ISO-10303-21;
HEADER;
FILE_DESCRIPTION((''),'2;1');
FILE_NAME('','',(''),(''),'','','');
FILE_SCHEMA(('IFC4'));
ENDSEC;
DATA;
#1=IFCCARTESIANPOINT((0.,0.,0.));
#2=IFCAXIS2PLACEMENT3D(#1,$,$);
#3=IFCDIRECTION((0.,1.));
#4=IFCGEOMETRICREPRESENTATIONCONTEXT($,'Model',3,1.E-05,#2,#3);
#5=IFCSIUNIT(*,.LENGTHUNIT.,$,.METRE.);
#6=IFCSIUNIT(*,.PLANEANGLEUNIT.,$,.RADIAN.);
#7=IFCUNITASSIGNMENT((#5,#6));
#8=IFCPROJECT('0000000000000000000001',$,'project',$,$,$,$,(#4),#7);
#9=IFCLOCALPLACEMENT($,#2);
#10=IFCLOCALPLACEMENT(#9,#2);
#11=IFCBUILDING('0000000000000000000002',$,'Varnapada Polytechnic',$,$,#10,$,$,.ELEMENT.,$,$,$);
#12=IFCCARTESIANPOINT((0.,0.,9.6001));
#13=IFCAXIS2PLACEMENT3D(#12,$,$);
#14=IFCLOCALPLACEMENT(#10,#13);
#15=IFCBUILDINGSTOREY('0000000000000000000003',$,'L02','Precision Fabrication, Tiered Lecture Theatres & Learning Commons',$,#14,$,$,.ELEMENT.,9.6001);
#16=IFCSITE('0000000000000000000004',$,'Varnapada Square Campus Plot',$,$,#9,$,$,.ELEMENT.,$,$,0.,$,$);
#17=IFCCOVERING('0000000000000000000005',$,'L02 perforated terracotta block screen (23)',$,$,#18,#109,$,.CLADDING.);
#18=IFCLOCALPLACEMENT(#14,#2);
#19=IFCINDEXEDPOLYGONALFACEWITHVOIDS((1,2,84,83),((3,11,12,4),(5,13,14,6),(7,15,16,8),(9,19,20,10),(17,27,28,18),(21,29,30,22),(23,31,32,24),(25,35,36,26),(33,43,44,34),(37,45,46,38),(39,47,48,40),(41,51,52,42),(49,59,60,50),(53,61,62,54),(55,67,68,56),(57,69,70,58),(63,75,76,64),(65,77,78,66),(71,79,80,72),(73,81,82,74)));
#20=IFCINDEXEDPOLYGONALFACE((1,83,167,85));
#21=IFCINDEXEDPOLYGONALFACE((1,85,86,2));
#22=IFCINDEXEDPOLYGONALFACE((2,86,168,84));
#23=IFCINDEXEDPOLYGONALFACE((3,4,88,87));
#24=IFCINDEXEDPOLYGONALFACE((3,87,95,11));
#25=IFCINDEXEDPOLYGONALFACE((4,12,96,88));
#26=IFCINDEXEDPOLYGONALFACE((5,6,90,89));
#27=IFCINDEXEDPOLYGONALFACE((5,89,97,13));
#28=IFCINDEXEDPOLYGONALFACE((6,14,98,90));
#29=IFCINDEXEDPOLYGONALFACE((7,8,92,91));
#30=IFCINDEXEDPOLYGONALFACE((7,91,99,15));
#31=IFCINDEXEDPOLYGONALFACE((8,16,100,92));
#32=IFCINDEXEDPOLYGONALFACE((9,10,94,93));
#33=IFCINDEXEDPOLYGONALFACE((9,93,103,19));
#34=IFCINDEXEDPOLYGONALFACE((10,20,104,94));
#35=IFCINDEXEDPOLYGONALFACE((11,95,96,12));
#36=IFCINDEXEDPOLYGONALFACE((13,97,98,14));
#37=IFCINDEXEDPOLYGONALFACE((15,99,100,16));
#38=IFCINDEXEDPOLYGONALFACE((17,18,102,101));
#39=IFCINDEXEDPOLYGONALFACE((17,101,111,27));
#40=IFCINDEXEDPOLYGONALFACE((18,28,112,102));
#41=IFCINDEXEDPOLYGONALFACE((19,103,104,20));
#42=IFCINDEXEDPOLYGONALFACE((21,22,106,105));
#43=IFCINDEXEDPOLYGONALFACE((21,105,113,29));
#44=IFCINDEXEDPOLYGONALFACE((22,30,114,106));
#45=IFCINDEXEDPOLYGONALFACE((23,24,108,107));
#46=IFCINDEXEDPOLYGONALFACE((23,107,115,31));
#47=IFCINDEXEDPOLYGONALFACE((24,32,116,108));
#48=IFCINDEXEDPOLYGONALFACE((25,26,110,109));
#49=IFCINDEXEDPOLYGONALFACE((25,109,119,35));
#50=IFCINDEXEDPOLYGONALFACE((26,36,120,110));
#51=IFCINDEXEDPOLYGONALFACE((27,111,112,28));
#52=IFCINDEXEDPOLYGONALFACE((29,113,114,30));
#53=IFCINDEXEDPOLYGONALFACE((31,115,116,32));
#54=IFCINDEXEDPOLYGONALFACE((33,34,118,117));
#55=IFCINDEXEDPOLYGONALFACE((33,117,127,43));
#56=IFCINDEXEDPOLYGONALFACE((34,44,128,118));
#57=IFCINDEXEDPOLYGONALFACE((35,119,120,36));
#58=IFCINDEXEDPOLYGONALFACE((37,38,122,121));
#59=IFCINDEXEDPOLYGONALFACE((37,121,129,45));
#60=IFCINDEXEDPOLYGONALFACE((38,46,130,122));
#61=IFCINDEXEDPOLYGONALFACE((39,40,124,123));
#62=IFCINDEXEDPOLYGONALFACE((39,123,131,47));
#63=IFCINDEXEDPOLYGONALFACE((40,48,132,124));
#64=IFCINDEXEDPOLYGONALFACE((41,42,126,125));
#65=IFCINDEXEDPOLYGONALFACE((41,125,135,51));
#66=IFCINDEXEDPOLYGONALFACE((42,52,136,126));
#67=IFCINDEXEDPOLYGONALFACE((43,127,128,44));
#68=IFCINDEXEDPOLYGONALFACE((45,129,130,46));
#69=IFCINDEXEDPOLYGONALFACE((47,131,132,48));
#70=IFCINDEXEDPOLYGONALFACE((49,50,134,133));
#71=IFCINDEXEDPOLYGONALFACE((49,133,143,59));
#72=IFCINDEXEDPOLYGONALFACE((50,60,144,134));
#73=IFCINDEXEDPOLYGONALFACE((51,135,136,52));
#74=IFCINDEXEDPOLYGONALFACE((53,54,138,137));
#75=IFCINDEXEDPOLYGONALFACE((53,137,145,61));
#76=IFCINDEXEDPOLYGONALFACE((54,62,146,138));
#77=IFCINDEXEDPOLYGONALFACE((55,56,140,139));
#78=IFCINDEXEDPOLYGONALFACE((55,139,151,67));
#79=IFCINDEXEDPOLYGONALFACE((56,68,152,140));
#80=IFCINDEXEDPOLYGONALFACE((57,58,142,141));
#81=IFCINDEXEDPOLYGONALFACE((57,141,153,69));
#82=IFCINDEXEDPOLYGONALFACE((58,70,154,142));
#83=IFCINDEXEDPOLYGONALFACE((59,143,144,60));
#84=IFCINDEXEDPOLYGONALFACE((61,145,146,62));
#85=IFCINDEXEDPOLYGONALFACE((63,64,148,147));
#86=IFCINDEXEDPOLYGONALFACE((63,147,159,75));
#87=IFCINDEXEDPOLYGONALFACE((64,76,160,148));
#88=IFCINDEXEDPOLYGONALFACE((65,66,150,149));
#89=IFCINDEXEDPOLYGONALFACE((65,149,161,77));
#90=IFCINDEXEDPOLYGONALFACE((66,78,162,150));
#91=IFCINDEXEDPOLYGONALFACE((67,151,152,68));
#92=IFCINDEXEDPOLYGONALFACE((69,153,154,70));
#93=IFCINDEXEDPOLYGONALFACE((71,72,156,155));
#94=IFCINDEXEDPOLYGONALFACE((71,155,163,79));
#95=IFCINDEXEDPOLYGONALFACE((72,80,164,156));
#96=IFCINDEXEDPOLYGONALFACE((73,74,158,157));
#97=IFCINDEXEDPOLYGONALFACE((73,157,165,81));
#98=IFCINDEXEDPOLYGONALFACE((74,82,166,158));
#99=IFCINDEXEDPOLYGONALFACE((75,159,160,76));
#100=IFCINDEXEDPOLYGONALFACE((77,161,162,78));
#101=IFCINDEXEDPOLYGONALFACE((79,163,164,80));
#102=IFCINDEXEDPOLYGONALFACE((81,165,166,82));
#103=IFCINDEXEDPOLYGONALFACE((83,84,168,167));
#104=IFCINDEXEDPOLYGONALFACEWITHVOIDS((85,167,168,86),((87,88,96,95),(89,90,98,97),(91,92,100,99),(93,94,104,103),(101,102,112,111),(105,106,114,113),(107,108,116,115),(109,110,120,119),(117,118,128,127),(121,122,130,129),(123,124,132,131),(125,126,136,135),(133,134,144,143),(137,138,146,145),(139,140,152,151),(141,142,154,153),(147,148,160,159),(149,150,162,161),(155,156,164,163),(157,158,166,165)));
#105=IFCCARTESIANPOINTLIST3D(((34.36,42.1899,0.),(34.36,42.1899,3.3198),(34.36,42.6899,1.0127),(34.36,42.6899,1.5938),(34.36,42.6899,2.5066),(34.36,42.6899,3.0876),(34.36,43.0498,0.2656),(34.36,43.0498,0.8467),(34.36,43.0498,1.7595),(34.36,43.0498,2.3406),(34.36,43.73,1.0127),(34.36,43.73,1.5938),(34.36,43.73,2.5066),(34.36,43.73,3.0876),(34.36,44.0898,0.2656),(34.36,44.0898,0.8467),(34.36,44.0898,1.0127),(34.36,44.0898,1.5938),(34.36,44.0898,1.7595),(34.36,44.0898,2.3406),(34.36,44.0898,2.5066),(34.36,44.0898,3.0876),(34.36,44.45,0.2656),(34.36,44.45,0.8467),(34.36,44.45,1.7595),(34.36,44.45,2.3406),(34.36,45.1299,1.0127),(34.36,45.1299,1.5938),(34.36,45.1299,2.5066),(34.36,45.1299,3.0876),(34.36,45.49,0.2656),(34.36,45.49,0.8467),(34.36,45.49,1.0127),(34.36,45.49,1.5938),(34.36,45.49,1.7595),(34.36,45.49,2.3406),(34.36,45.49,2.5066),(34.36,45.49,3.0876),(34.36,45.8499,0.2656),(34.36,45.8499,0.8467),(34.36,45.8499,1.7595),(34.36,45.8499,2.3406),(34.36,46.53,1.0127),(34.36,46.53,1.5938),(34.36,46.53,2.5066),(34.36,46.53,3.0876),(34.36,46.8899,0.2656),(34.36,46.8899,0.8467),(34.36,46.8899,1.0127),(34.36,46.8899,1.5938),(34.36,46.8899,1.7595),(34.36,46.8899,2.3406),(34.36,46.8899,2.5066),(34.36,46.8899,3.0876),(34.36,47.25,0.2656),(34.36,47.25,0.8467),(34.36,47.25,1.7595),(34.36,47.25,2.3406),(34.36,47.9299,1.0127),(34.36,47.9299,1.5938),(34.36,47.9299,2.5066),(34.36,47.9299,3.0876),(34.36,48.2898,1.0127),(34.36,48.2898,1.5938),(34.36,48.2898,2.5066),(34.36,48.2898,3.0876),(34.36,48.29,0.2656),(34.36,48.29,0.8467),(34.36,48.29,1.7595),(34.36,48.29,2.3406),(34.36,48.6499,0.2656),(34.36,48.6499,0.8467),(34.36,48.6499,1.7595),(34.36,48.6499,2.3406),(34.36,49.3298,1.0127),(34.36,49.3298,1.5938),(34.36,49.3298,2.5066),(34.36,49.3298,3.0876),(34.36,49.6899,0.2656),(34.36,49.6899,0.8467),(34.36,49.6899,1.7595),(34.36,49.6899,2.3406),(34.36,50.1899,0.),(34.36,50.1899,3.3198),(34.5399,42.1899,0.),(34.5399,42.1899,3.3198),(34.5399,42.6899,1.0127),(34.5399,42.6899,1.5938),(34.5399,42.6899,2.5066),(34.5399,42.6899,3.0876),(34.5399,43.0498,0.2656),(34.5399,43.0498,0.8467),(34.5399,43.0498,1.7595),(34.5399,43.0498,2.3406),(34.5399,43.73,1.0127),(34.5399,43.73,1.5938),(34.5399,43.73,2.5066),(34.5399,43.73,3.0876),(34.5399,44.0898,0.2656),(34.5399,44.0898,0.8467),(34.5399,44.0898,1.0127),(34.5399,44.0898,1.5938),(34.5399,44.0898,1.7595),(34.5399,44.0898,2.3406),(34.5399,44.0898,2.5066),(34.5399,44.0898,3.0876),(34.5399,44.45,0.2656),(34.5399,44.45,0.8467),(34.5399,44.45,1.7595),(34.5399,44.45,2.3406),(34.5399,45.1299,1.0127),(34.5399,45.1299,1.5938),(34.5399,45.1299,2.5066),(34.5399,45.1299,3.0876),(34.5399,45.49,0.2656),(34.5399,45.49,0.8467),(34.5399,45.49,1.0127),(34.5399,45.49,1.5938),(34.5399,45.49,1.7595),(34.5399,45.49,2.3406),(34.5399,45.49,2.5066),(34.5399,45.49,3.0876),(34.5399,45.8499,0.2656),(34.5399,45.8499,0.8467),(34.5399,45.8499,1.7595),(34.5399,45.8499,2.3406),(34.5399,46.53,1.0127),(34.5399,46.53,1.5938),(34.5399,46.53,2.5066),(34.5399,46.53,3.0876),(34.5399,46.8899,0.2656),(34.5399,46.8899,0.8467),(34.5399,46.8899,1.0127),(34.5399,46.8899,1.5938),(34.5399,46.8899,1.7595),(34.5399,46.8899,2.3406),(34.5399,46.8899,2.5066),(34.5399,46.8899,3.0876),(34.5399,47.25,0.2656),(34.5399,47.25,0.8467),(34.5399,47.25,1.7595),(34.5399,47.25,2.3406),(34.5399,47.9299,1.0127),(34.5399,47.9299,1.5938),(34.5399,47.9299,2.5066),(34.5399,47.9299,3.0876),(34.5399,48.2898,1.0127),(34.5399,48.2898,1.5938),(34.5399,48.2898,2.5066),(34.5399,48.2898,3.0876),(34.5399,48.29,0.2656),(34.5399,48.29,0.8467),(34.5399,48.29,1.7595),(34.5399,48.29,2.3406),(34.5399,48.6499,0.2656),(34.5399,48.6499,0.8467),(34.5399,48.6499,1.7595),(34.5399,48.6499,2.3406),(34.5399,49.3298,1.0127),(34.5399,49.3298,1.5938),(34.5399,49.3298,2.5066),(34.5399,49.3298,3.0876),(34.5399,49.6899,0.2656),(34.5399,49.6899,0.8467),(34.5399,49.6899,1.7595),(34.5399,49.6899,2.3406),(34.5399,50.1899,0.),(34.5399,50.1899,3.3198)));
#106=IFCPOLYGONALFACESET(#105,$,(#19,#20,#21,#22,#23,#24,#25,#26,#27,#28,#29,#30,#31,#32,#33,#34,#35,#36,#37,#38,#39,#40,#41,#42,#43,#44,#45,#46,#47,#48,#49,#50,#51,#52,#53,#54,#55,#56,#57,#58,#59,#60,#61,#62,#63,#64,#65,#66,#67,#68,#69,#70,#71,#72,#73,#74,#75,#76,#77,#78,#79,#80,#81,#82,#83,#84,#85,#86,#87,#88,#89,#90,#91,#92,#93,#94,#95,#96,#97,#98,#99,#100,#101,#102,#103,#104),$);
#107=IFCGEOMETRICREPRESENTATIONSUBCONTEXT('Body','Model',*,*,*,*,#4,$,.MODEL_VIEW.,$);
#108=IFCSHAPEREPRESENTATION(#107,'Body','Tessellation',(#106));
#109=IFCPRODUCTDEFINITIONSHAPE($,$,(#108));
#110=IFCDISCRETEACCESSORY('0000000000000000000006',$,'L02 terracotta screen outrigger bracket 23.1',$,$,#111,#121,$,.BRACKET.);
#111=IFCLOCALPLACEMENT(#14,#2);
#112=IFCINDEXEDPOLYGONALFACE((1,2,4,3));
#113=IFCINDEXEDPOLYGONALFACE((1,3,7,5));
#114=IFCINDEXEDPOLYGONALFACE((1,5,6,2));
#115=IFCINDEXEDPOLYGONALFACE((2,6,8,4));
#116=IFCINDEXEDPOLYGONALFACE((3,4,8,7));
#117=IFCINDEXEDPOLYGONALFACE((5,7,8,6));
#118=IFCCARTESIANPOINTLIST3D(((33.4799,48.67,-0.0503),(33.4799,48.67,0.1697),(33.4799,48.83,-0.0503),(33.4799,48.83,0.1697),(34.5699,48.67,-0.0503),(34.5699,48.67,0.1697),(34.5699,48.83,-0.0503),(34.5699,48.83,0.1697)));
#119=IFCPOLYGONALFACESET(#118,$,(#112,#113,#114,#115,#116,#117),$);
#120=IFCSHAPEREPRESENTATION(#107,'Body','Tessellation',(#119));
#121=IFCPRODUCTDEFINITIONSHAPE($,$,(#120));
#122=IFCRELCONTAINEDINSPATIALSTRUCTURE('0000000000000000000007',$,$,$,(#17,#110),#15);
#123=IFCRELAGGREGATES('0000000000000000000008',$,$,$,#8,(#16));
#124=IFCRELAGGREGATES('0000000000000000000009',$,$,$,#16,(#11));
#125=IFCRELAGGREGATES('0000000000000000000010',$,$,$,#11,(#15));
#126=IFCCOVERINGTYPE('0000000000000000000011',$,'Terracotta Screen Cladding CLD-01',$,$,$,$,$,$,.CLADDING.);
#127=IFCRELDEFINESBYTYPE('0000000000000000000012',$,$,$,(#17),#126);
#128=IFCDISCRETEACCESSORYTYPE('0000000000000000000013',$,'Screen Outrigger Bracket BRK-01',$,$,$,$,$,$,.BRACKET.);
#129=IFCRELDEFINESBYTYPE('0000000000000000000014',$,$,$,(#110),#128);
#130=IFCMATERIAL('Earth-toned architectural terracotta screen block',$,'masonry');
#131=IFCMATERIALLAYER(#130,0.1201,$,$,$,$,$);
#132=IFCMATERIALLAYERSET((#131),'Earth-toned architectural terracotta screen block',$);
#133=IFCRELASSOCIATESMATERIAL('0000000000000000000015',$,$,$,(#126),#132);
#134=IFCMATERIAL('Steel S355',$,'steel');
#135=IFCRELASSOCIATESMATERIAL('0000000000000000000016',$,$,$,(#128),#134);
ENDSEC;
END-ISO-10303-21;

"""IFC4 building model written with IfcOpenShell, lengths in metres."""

from ifc_helpers import new_model, si_unit, direction, frame, frame_2d, origin, origin_2d, place, context, subcontext, project, spatial, rectangle, extrude, material, layer, layer_set, type_object, element, save


model = new_model("IFC4")

# Units and contexts
model_context = context("Model", 3, precision=1e-05, world=origin(), true_north=direction((0.0, 1.0)))
body_context = subcontext(model_context, "Body", "Model", "MODEL_VIEW")
ifc_project = project(units=[si_unit("LENGTHUNIT", "METRE"), si_unit("PLANEANGLEUNIT", "RADIAN")], contexts=[model_context])

# Site, building, storey
site_placement = place(None, origin())
site = spatial("IfcSite", under=ifc_project, at=site_placement, Name="Varnapada Square Campus Plot", CompositionType="ELEMENT", RefElevation=0.0)
building_placement = place(site_placement, origin())
building = spatial("IfcBuilding", under=site, at=building_placement, Name="Varnapada Polytechnic", CompositionType="ELEMENT")
storey_placement = place(building_placement, frame((0.0, 0.0, 9.6001)))
storey = spatial("IfcBuildingStorey", under=building, at=storey_placement, Name="L02", Description="Precision Fabrication, Tiered Lecture Theatres & Learning Commons", CompositionType="ELEMENT", Elevation=9.6001)

# Covering, openings
ifc_material_1 = material(Name="Earth-toned architectural terracotta screen block", Category="masonry")
ifc_layer_1 = layer(ifc_material_1, 0.1201)
ifc_layer_set_1 = layer_set([ifc_layer_1], Name="Earth-toned architectural terracotta screen block")
covering_type = type_object("IfcCoveringType", Name="Terracotta Screen Cladding CLD-01", PredefinedType="CLADDING", material=ifc_layer_set_1)
covering_placement = place(storey_placement, frame((34.45, 50.1899, 0.0), z_axis=(0.0, 0.0, 1.0), x_axis=(0.0, -1.0, 0.0)))
covering = element("IfcCovering", 1, at=covering_placement, inside=storey, type_object=covering_type, Name="L02 perforated terracotta block screen (23)", PredefinedType="CLADDING", context=body_context, shape_type="SweptSolid", body=[
    extrude(rectangle(XDim=8.0, YDim=0.1799, at=frame_2d((4.0, 0.0))), origin(), (0.0, 0.0, 1.0), 3.3198),
])
opening_1_placement = place(covering_placement, frame((0.5, 0.0, 0.2656)))
element("IfcOpeningElement", 2, at=opening_1_placement, cuts=covering, PredefinedType="OPENING", context=body_context, shape_type="SweptSolid", body=[
    extrude(rectangle(XDim=1.04, YDim=0.5811, at=frame_2d((0.52, 0.2905))), frame((0.0, 0.0999, 0.0), z_axis=(0.0, -1.0, 0.0), x_axis=(1.0, 0.0, 0.0)), (0.0, 0.0, 1.0), 0.2),
])
opening_2_placement = place(covering_placement, frame((1.8999, 0.0, 0.2656)))
element("IfcOpeningElement", 3, at=opening_2_placement, cuts=covering, PredefinedType="OPENING", context=body_context, shape_type="SweptSolid", body=[
    extrude(rectangle(XDim=1.04, YDim=0.5811, at=frame_2d((0.52, 0.2905))), frame((0.0, 0.0999, 0.0), z_axis=(0.0, -1.0, 0.0), x_axis=(1.0, 0.0, 0.0)), (0.0, 0.0, 1.0), 0.2),
])
opening_3_placement = place(covering_placement, frame((3.3, 0.0, 0.2656)))
element("IfcOpeningElement", 4, at=opening_3_placement, cuts=covering, PredefinedType="OPENING", context=body_context, shape_type="SweptSolid", body=[
    extrude(rectangle(XDim=1.04, YDim=0.5811, at=frame_2d((0.52, 0.2905))), frame((0.0, 0.0999, 0.0), z_axis=(0.0, -1.0, 0.0), x_axis=(1.0, 0.0, 0.0)), (0.0, 0.0, 1.0), 0.2),
])
opening_4_placement = place(covering_placement, frame((4.7, 0.0, 0.2656)))
element("IfcOpeningElement", 5, at=opening_4_placement, cuts=covering, PredefinedType="OPENING", context=body_context, shape_type="SweptSolid", body=[
    extrude(rectangle(XDim=1.04, YDim=0.5811, at=frame_2d((0.52, 0.2905))), frame((0.0, 0.0999, 0.0), z_axis=(0.0, -1.0, 0.0), x_axis=(1.0, 0.0, 0.0)), (0.0, 0.0, 1.0), 0.2),
])
opening_5_placement = place(covering_placement, frame((6.1001, 0.0, 0.2656)))
element("IfcOpeningElement", 6, at=opening_5_placement, cuts=covering, PredefinedType="OPENING", context=body_context, shape_type="SweptSolid", body=[
    extrude(rectangle(XDim=1.04, YDim=0.5811, at=frame_2d((0.52, 0.2905))), frame((0.0, 0.0999, 0.0), z_axis=(0.0, -1.0, 0.0), x_axis=(1.0, 0.0, 0.0)), (0.0, 0.0, 1.0), 0.2),
])
opening_6_placement = place(covering_placement, frame((0.8601, 0.0, 1.0127)))
element("IfcOpeningElement", 7, at=opening_6_placement, cuts=covering, PredefinedType="OPENING", context=body_context, shape_type="SweptSolid", body=[
    extrude(rectangle(XDim=1.04, YDim=0.5811, at=frame_2d((0.52, 0.2905))), frame((0.0, 0.0999, 0.0), z_axis=(0.0, -1.0, 0.0), x_axis=(1.0, 0.0, 0.0)), (0.0, 0.0, 1.0), 0.2),
])
opening_7_placement = place(covering_placement, frame((2.26, 0.0, 1.0127)))
element("IfcOpeningElement", 8, at=opening_7_placement, cuts=covering, PredefinedType="OPENING", context=body_context, shape_type="SweptSolid", body=[
    extrude(rectangle(XDim=1.04, YDim=0.5811, at=frame_2d((0.52, 0.2905))), frame((0.0, 0.0999, 0.0), z_axis=(0.0, -1.0, 0.0), x_axis=(1.0, 0.0, 0.0)), (0.0, 0.0, 1.0), 0.2),
])
opening_8_placement = place(covering_placement, frame((3.6599, 0.0, 1.0127)))
element("IfcOpeningElement", 9, at=opening_8_placement, cuts=covering, PredefinedType="OPENING", context=body_context, shape_type="SweptSolid", body=[
    extrude(rectangle(XDim=1.04, YDim=0.5811, at=frame_2d((0.52, 0.2905))), frame((0.0, 0.0999, 0.0), z_axis=(0.0, -1.0, 0.0), x_axis=(1.0, 0.0, 0.0)), (0.0, 0.0, 1.0), 0.2),
])
opening_9_placement = place(covering_placement, frame((5.0601, 0.0, 1.0127)))
element("IfcOpeningElement", 10, at=opening_9_placement, cuts=covering, PredefinedType="OPENING", context=body_context, shape_type="SweptSolid", body=[
    extrude(rectangle(XDim=1.04, YDim=0.5811, at=frame_2d((0.52, 0.2905))), frame((0.0, 0.0999, 0.0), z_axis=(0.0, -1.0, 0.0), x_axis=(1.0, 0.0, 0.0)), (0.0, 0.0, 1.0), 0.2),
])
opening_10_placement = place(covering_placement, frame((6.46, 0.0, 1.0127)))
element("IfcOpeningElement", 11, at=opening_10_placement, cuts=covering, PredefinedType="OPENING", context=body_context, shape_type="SweptSolid", body=[
    extrude(rectangle(XDim=1.04, YDim=0.5811, at=frame_2d((0.52, 0.2905))), frame((0.0, 0.0999, 0.0), z_axis=(0.0, -1.0, 0.0), x_axis=(1.0, 0.0, 0.0)), (0.0, 0.0, 1.0), 0.2),
])
opening_11_placement = place(covering_placement, frame((0.5, 0.0, 1.7595)))
element("IfcOpeningElement", 12, at=opening_11_placement, cuts=covering, PredefinedType="OPENING", context=body_context, shape_type="SweptSolid", body=[
    extrude(rectangle(XDim=1.04, YDim=0.5811, at=frame_2d((0.52, 0.2905))), frame((0.0, 0.0999, 0.0), z_axis=(0.0, -1.0, 0.0), x_axis=(1.0, 0.0, 0.0)), (0.0, 0.0, 1.0), 0.2),
])
opening_12_placement = place(covering_placement, frame((1.8999, 0.0, 1.7595)))
element("IfcOpeningElement", 13, at=opening_12_placement, cuts=covering, PredefinedType="OPENING", context=body_context, shape_type="SweptSolid", body=[
    extrude(rectangle(XDim=1.04, YDim=0.5811, at=frame_2d((0.52, 0.2905))), frame((0.0, 0.0999, 0.0), z_axis=(0.0, -1.0, 0.0), x_axis=(1.0, 0.0, 0.0)), (0.0, 0.0, 1.0), 0.2),
])
opening_13_placement = place(covering_placement, frame((3.3, 0.0, 1.7595)))
element("IfcOpeningElement", 14, at=opening_13_placement, cuts=covering, PredefinedType="OPENING", context=body_context, shape_type="SweptSolid", body=[
    extrude(rectangle(XDim=1.04, YDim=0.5811, at=frame_2d((0.52, 0.2905))), frame((0.0, 0.0999, 0.0), z_axis=(0.0, -1.0, 0.0), x_axis=(1.0, 0.0, 0.0)), (0.0, 0.0, 1.0), 0.2),
])
opening_14_placement = place(covering_placement, frame((4.7, 0.0, 1.7595)))
element("IfcOpeningElement", 15, at=opening_14_placement, cuts=covering, PredefinedType="OPENING", context=body_context, shape_type="SweptSolid", body=[
    extrude(rectangle(XDim=1.04, YDim=0.5811, at=frame_2d((0.52, 0.2905))), frame((0.0, 0.0999, 0.0), z_axis=(0.0, -1.0, 0.0), x_axis=(1.0, 0.0, 0.0)), (0.0, 0.0, 1.0), 0.2),
])
opening_15_placement = place(covering_placement, frame((6.1001, 0.0, 1.7595)))
element("IfcOpeningElement", 16, at=opening_15_placement, cuts=covering, PredefinedType="OPENING", context=body_context, shape_type="SweptSolid", body=[
    extrude(rectangle(XDim=1.04, YDim=0.5811, at=frame_2d((0.52, 0.2905))), frame((0.0, 0.0999, 0.0), z_axis=(0.0, -1.0, 0.0), x_axis=(1.0, 0.0, 0.0)), (0.0, 0.0, 1.0), 0.2),
])
opening_16_placement = place(covering_placement, frame((0.8601, 0.0, 2.5066)))
element("IfcOpeningElement", 17, at=opening_16_placement, cuts=covering, PredefinedType="OPENING", context=body_context, shape_type="SweptSolid", body=[
    extrude(rectangle(XDim=1.04, YDim=0.5811, at=frame_2d((0.52, 0.2905))), frame((0.0, 0.0999, 0.0), z_axis=(0.0, -1.0, 0.0), x_axis=(1.0, 0.0, 0.0)), (0.0, 0.0, 1.0), 0.2),
])
opening_17_placement = place(covering_placement, frame((2.26, 0.0, 2.5066)))
element("IfcOpeningElement", 18, at=opening_17_placement, cuts=covering, PredefinedType="OPENING", context=body_context, shape_type="SweptSolid", body=[
    extrude(rectangle(XDim=1.04, YDim=0.5811, at=frame_2d((0.52, 0.2905))), frame((0.0, 0.0999, 0.0), z_axis=(0.0, -1.0, 0.0), x_axis=(1.0, 0.0, 0.0)), (0.0, 0.0, 1.0), 0.2),
])
opening_18_placement = place(covering_placement, frame((3.6599, 0.0, 2.5066)))
element("IfcOpeningElement", 19, at=opening_18_placement, cuts=covering, PredefinedType="OPENING", context=body_context, shape_type="SweptSolid", body=[
    extrude(rectangle(XDim=1.04, YDim=0.5811, at=frame_2d((0.52, 0.2905))), frame((0.0, 0.0999, 0.0), z_axis=(0.0, -1.0, 0.0), x_axis=(1.0, 0.0, 0.0)), (0.0, 0.0, 1.0), 0.2),
])
opening_19_placement = place(covering_placement, frame((5.0601, 0.0, 2.5066)))
element("IfcOpeningElement", 20, at=opening_19_placement, cuts=covering, PredefinedType="OPENING", context=body_context, shape_type="SweptSolid", body=[
    extrude(rectangle(XDim=1.04, YDim=0.5811, at=frame_2d((0.52, 0.2905))), frame((0.0, 0.0999, 0.0), z_axis=(0.0, -1.0, 0.0), x_axis=(1.0, 0.0, 0.0)), (0.0, 0.0, 1.0), 0.2),
])
opening_20_placement = place(covering_placement, frame((6.46, 0.0, 2.5066)))
element("IfcOpeningElement", 21, at=opening_20_placement, cuts=covering, PredefinedType="OPENING", context=body_context, shape_type="SweptSolid", body=[
    extrude(rectangle(XDim=1.04, YDim=0.5811, at=frame_2d((0.52, 0.2905))), frame((0.0, 0.0999, 0.0), z_axis=(0.0, -1.0, 0.0), x_axis=(1.0, 0.0, 0.0)), (0.0, 0.0, 1.0), 0.2),
])

# Discrete accessory
ifc_material_2 = material(Name="Steel S355", Category="steel")
discrete_accessory_type = type_object("IfcDiscreteAccessoryType", Name="Screen Outrigger Bracket BRK-01", PredefinedType="BRACKET", material=ifc_material_2)
discrete_accessory_placement = place(storey_placement, frame((34.0249, 48.75, -0.0503), z_axis=(0.0, 0.0, 1.0), x_axis=(0.0, -1.0, 0.0)))
element("IfcDiscreteAccessory", 22, at=discrete_accessory_placement, inside=storey, type_object=discrete_accessory_type, Name="L02 terracotta screen outrigger bracket 23.1", PredefinedType="BRACKET", context=body_context, shape_type="SweptSolid", body=[
    extrude(rectangle(XDim=0.1599, YDim=1.0901, at=origin_2d()), origin(), (0.0, 0.0, 1.0), 0.22),
])

save(model, "model.ifc")
